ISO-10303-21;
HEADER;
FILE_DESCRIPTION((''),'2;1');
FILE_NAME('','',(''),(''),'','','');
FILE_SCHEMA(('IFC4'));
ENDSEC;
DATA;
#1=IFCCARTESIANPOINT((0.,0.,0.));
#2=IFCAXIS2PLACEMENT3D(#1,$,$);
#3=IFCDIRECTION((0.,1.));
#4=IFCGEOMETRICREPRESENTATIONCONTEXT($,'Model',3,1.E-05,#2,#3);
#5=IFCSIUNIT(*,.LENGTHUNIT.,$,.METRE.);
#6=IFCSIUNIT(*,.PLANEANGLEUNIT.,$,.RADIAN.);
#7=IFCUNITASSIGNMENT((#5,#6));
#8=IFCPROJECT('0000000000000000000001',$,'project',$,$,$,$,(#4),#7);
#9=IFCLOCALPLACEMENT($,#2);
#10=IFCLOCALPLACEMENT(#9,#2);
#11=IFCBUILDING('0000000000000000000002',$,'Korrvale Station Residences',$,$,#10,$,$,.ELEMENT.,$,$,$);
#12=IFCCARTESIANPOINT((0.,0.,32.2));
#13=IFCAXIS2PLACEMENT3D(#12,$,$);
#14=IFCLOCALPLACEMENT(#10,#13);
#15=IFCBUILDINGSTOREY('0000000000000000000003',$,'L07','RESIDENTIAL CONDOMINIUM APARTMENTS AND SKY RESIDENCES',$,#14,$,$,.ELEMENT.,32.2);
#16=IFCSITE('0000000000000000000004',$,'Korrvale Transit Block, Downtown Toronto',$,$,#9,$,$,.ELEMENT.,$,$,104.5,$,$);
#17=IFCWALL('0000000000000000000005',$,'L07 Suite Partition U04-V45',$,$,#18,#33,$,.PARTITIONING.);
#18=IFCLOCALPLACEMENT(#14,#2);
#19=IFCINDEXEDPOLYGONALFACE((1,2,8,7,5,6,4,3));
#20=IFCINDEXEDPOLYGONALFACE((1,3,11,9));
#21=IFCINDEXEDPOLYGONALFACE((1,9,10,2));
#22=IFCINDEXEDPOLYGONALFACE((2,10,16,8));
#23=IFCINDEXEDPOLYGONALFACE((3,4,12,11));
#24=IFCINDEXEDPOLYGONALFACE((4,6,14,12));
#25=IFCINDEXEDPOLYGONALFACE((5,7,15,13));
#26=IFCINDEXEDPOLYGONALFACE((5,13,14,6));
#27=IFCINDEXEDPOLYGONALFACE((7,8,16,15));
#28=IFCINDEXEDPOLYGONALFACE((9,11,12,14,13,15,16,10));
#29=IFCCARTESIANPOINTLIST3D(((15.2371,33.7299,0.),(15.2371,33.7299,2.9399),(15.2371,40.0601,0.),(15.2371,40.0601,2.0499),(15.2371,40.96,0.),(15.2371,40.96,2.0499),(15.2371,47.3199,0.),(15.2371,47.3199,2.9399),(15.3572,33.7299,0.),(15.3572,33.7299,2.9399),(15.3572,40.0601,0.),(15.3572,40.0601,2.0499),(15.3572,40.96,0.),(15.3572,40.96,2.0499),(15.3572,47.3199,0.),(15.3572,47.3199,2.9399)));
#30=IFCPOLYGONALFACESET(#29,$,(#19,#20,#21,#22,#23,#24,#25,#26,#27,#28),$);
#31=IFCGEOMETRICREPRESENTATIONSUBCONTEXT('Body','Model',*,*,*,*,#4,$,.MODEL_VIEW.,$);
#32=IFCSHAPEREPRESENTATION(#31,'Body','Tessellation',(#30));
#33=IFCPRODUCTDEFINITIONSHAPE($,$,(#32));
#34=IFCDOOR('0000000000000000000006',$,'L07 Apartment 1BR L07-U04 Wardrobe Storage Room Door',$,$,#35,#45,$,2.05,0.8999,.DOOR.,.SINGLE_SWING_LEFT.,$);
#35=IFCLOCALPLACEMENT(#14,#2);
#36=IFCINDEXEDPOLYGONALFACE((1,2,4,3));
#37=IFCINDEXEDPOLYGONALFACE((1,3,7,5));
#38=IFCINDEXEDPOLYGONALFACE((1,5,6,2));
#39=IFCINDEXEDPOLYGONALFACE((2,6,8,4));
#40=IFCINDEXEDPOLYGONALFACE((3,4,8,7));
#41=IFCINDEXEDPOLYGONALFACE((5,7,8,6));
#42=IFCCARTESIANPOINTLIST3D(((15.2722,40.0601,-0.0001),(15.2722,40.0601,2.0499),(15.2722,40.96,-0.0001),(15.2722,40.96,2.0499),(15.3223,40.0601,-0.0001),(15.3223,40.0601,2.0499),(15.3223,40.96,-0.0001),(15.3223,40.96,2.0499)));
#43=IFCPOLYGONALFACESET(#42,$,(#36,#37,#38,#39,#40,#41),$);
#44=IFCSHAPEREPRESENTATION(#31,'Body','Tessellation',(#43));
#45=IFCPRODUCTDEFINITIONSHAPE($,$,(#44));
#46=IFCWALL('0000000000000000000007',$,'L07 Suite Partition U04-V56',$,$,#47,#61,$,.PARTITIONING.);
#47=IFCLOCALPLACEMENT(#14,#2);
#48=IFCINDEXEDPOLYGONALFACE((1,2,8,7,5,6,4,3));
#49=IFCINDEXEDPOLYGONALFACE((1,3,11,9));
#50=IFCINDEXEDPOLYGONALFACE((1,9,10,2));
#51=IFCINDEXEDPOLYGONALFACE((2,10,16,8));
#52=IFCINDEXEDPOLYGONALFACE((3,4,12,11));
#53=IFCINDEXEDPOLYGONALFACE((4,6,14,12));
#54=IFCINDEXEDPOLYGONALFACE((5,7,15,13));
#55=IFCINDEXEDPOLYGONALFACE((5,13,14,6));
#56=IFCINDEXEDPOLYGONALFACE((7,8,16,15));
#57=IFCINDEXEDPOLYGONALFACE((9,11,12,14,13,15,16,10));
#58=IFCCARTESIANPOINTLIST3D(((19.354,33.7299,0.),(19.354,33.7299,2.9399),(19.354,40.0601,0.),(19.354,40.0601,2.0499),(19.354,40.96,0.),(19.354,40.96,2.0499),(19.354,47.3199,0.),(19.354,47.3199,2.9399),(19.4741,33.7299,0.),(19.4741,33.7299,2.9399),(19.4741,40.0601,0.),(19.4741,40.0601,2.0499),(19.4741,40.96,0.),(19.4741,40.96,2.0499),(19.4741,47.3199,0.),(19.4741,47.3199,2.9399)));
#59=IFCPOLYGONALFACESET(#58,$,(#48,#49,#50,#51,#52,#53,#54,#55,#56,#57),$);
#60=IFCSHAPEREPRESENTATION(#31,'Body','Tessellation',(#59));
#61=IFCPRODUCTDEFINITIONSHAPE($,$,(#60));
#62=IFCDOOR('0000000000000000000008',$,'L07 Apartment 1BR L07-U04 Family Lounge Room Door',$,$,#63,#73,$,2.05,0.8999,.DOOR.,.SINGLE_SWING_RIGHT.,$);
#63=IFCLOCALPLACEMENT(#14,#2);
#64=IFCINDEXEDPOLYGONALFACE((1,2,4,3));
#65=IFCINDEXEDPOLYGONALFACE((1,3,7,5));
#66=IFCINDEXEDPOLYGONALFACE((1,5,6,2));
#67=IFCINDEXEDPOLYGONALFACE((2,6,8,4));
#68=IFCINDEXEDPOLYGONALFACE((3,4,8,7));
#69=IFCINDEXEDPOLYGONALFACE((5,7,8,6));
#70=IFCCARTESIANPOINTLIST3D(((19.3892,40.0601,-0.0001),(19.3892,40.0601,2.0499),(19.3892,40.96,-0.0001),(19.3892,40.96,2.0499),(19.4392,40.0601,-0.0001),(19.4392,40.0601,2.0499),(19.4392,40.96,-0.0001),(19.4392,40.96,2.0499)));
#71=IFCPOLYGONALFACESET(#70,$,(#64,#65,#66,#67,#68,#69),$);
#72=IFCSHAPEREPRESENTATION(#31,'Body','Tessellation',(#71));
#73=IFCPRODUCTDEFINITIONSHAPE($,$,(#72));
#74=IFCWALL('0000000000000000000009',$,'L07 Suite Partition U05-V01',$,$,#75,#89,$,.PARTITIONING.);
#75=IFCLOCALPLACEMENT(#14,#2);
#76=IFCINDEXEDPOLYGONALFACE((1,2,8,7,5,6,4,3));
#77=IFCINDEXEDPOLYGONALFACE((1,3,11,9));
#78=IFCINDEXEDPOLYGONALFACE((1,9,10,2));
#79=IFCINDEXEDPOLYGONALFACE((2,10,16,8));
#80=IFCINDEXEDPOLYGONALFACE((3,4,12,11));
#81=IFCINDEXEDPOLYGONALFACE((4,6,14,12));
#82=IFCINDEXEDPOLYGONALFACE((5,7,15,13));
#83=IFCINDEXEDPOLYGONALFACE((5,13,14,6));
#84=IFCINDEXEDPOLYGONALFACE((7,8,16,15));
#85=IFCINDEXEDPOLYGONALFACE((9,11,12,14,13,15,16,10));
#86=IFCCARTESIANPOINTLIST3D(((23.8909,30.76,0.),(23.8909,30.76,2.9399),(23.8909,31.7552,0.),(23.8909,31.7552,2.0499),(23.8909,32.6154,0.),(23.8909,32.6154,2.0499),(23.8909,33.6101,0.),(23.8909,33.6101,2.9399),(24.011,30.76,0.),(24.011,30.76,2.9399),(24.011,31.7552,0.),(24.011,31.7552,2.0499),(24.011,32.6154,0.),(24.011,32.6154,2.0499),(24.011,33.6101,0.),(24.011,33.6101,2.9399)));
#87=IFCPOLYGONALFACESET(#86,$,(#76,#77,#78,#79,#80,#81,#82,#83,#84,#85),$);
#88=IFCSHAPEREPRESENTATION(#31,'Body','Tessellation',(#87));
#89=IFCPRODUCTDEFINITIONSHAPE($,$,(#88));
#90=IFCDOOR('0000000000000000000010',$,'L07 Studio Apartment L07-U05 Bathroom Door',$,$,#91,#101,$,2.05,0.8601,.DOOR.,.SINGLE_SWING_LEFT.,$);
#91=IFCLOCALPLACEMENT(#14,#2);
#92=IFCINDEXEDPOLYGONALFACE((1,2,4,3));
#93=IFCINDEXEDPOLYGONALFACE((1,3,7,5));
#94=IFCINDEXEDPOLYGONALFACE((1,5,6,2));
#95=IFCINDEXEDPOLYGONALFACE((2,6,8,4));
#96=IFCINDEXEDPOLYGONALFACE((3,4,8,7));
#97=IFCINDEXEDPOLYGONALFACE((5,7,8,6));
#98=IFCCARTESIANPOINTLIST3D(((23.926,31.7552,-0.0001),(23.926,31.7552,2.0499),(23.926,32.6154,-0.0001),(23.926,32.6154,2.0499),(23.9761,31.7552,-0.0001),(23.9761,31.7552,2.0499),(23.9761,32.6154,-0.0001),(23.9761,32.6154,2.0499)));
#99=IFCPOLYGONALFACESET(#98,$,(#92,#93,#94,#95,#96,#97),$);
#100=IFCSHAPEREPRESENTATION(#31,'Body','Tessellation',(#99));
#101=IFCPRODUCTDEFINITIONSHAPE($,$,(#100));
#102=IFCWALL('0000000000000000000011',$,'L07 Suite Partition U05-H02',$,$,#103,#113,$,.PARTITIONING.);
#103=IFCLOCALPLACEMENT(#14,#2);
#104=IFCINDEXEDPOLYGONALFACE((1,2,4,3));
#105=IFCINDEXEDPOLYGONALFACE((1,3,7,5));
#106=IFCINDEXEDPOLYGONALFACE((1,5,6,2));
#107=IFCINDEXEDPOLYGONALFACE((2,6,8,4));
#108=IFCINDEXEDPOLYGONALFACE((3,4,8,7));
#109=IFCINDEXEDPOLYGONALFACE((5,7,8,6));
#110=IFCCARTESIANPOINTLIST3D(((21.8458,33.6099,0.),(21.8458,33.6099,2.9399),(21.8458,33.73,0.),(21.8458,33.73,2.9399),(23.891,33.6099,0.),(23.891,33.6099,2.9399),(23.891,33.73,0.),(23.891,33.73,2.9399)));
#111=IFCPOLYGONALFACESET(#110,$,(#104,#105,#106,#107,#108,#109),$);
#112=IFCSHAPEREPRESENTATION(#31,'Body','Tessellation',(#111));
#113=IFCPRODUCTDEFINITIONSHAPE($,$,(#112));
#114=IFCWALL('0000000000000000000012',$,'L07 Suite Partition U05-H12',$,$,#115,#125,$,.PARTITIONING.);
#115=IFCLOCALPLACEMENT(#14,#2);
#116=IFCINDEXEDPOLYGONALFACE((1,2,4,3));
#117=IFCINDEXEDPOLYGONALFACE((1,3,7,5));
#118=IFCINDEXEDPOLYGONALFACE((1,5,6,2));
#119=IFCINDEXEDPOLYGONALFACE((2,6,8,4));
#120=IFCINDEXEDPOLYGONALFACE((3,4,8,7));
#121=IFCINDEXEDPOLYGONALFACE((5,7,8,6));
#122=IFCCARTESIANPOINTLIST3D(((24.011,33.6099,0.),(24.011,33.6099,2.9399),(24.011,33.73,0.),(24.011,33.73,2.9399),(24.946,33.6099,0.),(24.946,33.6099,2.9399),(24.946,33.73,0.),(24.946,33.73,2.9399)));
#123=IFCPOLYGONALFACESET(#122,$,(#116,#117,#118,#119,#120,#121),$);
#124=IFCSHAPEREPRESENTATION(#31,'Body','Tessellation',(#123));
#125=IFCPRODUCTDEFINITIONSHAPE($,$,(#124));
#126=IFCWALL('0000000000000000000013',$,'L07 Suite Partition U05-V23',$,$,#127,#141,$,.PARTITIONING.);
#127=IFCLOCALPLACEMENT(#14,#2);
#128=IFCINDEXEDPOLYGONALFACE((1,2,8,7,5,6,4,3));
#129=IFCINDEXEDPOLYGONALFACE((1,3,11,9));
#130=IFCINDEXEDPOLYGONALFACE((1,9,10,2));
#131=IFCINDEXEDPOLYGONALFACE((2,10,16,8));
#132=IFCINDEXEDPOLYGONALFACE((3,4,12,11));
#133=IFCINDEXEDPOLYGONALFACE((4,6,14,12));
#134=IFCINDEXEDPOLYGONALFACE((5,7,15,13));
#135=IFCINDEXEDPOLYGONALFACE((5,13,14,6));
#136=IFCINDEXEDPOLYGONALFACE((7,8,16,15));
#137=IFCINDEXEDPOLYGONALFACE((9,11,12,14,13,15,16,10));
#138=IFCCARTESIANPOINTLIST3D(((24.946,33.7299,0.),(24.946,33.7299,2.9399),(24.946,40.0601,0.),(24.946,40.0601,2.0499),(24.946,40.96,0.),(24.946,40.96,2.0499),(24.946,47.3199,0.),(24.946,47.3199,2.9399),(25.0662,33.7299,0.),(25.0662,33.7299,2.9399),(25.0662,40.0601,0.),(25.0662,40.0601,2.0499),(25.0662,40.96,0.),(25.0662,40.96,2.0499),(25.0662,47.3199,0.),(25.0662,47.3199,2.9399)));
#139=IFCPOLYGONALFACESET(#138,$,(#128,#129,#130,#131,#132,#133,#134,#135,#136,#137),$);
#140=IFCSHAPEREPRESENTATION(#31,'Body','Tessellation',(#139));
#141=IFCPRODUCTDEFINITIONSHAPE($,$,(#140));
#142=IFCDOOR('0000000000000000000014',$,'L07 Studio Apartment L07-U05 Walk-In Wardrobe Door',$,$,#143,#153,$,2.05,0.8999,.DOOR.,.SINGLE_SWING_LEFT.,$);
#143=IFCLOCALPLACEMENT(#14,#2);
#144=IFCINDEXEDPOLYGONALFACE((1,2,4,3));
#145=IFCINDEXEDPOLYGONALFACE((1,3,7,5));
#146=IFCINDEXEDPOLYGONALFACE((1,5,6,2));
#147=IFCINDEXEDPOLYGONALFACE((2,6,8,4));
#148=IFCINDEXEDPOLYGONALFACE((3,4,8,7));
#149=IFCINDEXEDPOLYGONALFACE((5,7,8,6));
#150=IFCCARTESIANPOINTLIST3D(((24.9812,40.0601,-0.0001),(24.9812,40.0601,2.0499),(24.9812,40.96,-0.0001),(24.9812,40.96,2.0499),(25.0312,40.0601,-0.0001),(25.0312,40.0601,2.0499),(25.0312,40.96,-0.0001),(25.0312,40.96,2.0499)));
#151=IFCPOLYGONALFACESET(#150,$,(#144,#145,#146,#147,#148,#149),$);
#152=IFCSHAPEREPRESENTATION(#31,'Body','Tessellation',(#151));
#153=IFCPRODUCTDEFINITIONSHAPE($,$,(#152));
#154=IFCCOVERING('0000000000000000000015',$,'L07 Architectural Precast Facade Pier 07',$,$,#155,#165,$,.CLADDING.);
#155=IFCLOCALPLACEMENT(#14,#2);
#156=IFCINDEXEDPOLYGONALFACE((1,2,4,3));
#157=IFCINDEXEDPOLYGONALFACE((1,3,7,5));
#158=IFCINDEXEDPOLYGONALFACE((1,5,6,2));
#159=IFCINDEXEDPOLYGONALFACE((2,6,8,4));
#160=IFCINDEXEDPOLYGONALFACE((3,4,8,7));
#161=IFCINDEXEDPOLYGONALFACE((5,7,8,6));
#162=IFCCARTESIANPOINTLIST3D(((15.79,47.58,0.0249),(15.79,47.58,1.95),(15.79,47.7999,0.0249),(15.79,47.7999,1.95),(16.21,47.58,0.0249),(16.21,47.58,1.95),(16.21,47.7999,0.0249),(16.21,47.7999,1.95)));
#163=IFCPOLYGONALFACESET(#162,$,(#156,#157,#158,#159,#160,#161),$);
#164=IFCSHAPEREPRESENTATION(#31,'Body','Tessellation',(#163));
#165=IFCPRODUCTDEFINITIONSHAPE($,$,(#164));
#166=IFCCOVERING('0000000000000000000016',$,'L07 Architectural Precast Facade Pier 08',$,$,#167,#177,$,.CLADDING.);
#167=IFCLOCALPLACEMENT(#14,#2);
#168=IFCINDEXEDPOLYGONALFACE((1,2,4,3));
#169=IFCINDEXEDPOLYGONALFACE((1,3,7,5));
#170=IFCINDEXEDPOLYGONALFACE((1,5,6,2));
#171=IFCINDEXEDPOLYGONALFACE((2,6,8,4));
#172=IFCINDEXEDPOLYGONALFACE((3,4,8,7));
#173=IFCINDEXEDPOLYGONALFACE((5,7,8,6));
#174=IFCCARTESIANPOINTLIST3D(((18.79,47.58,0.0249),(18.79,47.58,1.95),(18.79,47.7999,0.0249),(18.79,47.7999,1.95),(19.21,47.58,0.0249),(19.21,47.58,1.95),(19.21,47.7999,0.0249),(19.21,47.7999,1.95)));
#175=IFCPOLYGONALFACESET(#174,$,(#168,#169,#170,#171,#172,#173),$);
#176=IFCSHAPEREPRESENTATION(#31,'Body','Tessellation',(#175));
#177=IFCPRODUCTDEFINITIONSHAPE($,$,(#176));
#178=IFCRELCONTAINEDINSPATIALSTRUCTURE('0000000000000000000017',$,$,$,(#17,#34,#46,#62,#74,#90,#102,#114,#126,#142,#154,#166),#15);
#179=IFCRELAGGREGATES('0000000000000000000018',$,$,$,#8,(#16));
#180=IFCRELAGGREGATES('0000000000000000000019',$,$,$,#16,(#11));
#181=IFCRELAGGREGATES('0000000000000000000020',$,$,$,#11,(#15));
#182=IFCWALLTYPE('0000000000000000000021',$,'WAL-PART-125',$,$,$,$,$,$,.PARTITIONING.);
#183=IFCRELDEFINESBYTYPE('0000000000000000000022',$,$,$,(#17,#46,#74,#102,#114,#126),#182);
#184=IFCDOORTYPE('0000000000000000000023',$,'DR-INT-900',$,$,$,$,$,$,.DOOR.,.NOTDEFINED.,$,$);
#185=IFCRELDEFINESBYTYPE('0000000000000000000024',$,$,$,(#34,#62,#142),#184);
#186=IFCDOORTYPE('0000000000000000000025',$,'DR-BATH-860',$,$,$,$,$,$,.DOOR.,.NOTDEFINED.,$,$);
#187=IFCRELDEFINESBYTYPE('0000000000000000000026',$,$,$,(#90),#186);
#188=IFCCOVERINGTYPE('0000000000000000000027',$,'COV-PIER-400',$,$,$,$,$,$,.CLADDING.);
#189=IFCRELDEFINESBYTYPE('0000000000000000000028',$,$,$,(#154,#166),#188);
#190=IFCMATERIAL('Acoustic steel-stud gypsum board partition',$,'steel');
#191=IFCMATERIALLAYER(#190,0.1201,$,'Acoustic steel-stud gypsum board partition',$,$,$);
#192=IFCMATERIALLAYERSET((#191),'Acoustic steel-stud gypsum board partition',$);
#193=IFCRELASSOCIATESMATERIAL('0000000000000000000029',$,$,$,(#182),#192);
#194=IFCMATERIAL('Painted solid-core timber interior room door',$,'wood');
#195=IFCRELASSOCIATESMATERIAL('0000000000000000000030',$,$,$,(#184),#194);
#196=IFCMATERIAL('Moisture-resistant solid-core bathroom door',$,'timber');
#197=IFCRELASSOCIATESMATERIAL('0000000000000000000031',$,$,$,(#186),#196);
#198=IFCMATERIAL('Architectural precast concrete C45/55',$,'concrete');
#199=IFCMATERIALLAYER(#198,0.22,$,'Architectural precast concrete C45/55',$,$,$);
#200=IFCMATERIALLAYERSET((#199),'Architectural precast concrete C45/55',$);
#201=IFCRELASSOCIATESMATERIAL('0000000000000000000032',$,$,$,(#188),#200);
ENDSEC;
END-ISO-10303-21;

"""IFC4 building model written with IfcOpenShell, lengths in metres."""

from ifc_helpers import new_model, si_unit, direction, frame, frame_2d, origin, origin_2d, place, context, subcontext, project, spatial, rectangle, extrude, material, layer, layer_set, type_object, element, fill, save


model = new_model("IFC4")

# Units and contexts
model_context = context("Model", 3, precision=1e-05, world=origin(), true_north=direction((0.0, 1.0)))
body_context = subcontext(model_context, "Body", "Model", "MODEL_VIEW")
ifc_project = project(units=[si_unit("LENGTHUNIT", "METRE"), si_unit("PLANEANGLEUNIT", "RADIAN")], contexts=[model_context])

# Site, building, storey
site_placement = place(None, origin())
site = spatial("IfcSite", under=ifc_project, at=site_placement, Name="Korrvale Transit Block, Downtown Toronto", CompositionType="ELEMENT", RefElevation=104.5)
building_placement = place(site_placement, origin())
building = spatial("IfcBuilding", under=site, at=building_placement, Name="Korrvale Station Residences", CompositionType="ELEMENT")
storey_placement = place(building_placement, frame((0.0, 0.0, 32.2)))
storey = spatial("IfcBuildingStorey", under=building, at=storey_placement, Name="L07", Description="RESIDENTIAL CONDOMINIUM APARTMENTS AND SKY RESIDENCES", CompositionType="ELEMENT", Elevation=32.2)

# Walls, openings, doors
ifc_material_1 = material(Name="Acoustic steel-stud gypsum board partition", Category="steel")
ifc_layer_1 = layer(ifc_material_1, 0.1201, Name="Acoustic steel-stud gypsum board partition")
ifc_layer_set_1 = layer_set([ifc_layer_1], Name="Acoustic steel-stud gypsum board partition")
wall_type = type_object("IfcWallType", Name="WAL-PART-125", PredefinedType="PARTITIONING", material=ifc_layer_set_1)
ifc_material_2 = material(Name="Painted solid-core timber interior room door", Category="wood")
door_type_1 = type_object("IfcDoorType", Name="DR-INT-900", OperationType="NOTDEFINED", PredefinedType="DOOR", material=ifc_material_2)
wall_1_placement = place(storey_placement, frame((15.2971, 33.73, 0.0), z_axis=(0.0, 0.0, 1.0), x_axis=(0.0, 1.0, 0.0)))
wall_1 = element("IfcWall", 1, at=wall_1_placement, inside=storey, type_object=wall_type, Name="L07 Suite Partition U04-V45", PredefinedType="PARTITIONING", context=body_context, shape_type="SweptSolid", body=[
    extrude(rectangle(XDim=13.5901, YDim=0.1201, at=frame_2d((6.7949, 0.0))), origin(), (0.0, 0.0, 1.0), 2.9399),
])
opening_1_placement = place(wall_1_placement, frame((6.3301, 0.0, 0.0)))
opening_1 = element("IfcOpeningElement", 2, at=opening_1_placement, cuts=wall_1, PredefinedType="OPENING", context=body_context, shape_type="SweptSolid", body=[
    extrude(rectangle(XDim=0.8999, YDim=2.05, at=frame_2d((0.45, 1.0249))), frame((0.0, 0.0701, 0.0), z_axis=(0.0, -1.0, 0.0), x_axis=(1.0, 0.0, 0.0)), (0.0, 0.0, 1.0), 0.1401),
])
door_1_placement = place(opening_1_placement, origin())
door_1 = element("IfcDoor", 3, at=door_1_placement, inside=storey, type_object=door_type_1, Name="L07 Apartment 1BR L07-U04 Wardrobe Storage Room Door", OperationType="SINGLE_SWING_LEFT", OverallHeight=2.05, OverallWidth=0.8999, PredefinedType="DOOR", context=body_context, shape_type="SweptSolid", body=[
    extrude(rectangle(XDim=0.8999, YDim=2.05, at=frame_2d((0.45, 1.0249))), frame((0.0, 0.0249, 0.0), z_axis=(0.0, -1.0, 0.0), x_axis=(1.0, 0.0, 0.0)), (0.0, 0.0, 1.0), 0.05),
])
fill(opening_1, door_1)
wall_2_placement = place(storey_placement, frame((19.4141, 33.73, 0.0), z_axis=(0.0, 0.0, 1.0), x_axis=(0.0, 1.0, 0.0)))
wall_2 = element("IfcWall", 4, at=wall_2_placement, inside=storey, type_object=wall_type, Name="L07 Suite Partition U04-V56", PredefinedType="PARTITIONING", context=body_context, shape_type="SweptSolid", body=[
    extrude(rectangle(XDim=13.5901, YDim=0.1201, at=frame_2d((6.7949, 0.0))), origin(), (0.0, 0.0, 1.0), 2.9399),
])
opening_2_placement = place(wall_2_placement, frame((6.3301, 0.0, 0.0)))
opening_2 = element("IfcOpeningElement", 5, at=opening_2_placement, cuts=wall_2, PredefinedType="OPENING", context=body_context, shape_type="SweptSolid", body=[
    extrude(rectangle(XDim=0.8999, YDim=2.05, at=frame_2d((0.45, 1.0249))), frame((0.0, 0.0701, 0.0), z_axis=(0.0, -1.0, 0.0), x_axis=(1.0, 0.0, 0.0)), (0.0, 0.0, 1.0), 0.1401),
])
door_2_placement = place(opening_2_placement, origin())
door_2 = element("IfcDoor", 6, at=door_2_placement, inside=storey, type_object=door_type_1, Name="L07 Apartment 1BR L07-U04 Family Lounge Room Door", OperationType="SINGLE_SWING_RIGHT", OverallHeight=2.05, OverallWidth=0.8999, PredefinedType="DOOR", context=body_context, shape_type="SweptSolid", body=[
    extrude(rectangle(XDim=0.8999, YDim=2.05, at=frame_2d((0.45, 1.0249))), frame((0.0, 0.0249, 0.0), z_axis=(0.0, -1.0, 0.0), x_axis=(1.0, 0.0, 0.0)), (0.0, 0.0, 1.0), 0.05),
])
fill(opening_2, door_2)
wall_3_placement = place(storey_placement, frame((23.9509, 30.76, 0.0), z_axis=(0.0, 0.0, 1.0), x_axis=(0.0, 1.0, 0.0)))
wall_3 = element("IfcWall", 7, at=wall_3_placement, inside=storey, type_object=wall_type, Name="L07 Suite Partition U05-V01", PredefinedType="PARTITIONING", context=body_context, shape_type="SweptSolid", body=[
    extrude(rectangle(XDim=2.8501, YDim=0.1201, at=frame_2d((1.425, 0.0))), origin(), (0.0, 0.0, 1.0), 2.9399),
])
opening_3_placement = place(wall_3_placement, frame((0.9951, 0.0, 0.0)))
opening_3 = element("IfcOpeningElement", 8, at=opening_3_placement, cuts=wall_3, PredefinedType="OPENING", context=body_context, shape_type="SweptSolid", body=[
    extrude(rectangle(XDim=0.8601, YDim=2.05, at=frame_2d((0.4302, 1.0249))), frame((0.0, 0.0701, 0.0), z_axis=(0.0, -1.0, 0.0), x_axis=(1.0, 0.0, 0.0)), (0.0, 0.0, 1.0), 0.1401),
])
ifc_material_3 = material(Name="Moisture-resistant solid-core bathroom door", Category="timber")
door_type_2 = type_object("IfcDoorType", Name="DR-BATH-860", OperationType="NOTDEFINED", PredefinedType="DOOR", material=ifc_material_3)
door_3_placement = place(opening_3_placement, origin())
door_3 = element("IfcDoor", 9, at=door_3_placement, inside=storey, type_object=door_type_2, Name="L07 Studio Apartment L07-U05 Bathroom Door", OperationType="SINGLE_SWING_LEFT", OverallHeight=2.05, OverallWidth=0.8601, PredefinedType="DOOR", context=body_context, shape_type="SweptSolid", body=[
    extrude(rectangle(XDim=0.8601, YDim=2.05, at=frame_2d((0.4302, 1.0249))), frame((0.0, 0.0249, 0.0), z_axis=(0.0, -1.0, 0.0), x_axis=(1.0, 0.0, 0.0)), (0.0, 0.0, 1.0), 0.05),
])
fill(opening_3, door_3)

# Walls
wall_4_placement = place(storey_placement, frame((21.8459, 33.6699, 0.0), z_axis=(0.0, 0.0, 1.0), x_axis=(1.0, 0.0, 0.0)))
element("IfcWall", 10, at=wall_4_placement, inside=storey, type_object=wall_type, Name="L07 Suite Partition U05-H02", PredefinedType="PARTITIONING", context=body_context, shape_type="SweptSolid", body=[
    extrude(rectangle(XDim=2.0452, YDim=0.1201, at=frame_2d((1.0225, 0.0))), origin(), (0.0, 0.0, 1.0), 2.9399),
])
wall_5_placement = place(storey_placement, frame((24.011, 33.6699, 0.0), z_axis=(0.0, 0.0, 1.0), x_axis=(1.0, 0.0, 0.0)))
element("IfcWall", 11, at=wall_5_placement, inside=storey, type_object=wall_type, Name="L07 Suite Partition U05-H12", PredefinedType="PARTITIONING", context=body_context, shape_type="SweptSolid", body=[
    extrude(rectangle(XDim=0.9351, YDim=0.1201, at=frame_2d((0.4675, 0.0))), origin(), (0.0, 0.0, 1.0), 2.9399),
])

# Wall, opening, door
wall_6_placement = place(storey_placement, frame((25.0061, 33.73, 0.0), z_axis=(0.0, 0.0, 1.0), x_axis=(0.0, 1.0, 0.0)))
wall_6 = element("IfcWall", 12, at=wall_6_placement, inside=storey, type_object=wall_type, Name="L07 Suite Partition U05-V23", PredefinedType="PARTITIONING", context=body_context, shape_type="SweptSolid", body=[
    extrude(rectangle(XDim=13.5901, YDim=0.1201, at=frame_2d((6.7949, 0.0))), origin(), (0.0, 0.0, 1.0), 2.9399),
])
opening_4_placement = place(wall_6_placement, frame((6.3301, 0.0, 0.0)))
opening_4 = element("IfcOpeningElement", 13, at=opening_4_placement, cuts=wall_6, PredefinedType="OPENING", context=body_context, shape_type="SweptSolid", body=[
    extrude(rectangle(XDim=0.8999, YDim=2.05, at=frame_2d((0.45, 1.0249))), frame((0.0, 0.0701, 0.0), z_axis=(0.0, -1.0, 0.0), x_axis=(1.0, 0.0, 0.0)), (0.0, 0.0, 1.0), 0.1401),
])
door_4_placement = place(opening_4_placement, origin())
door_4 = element("IfcDoor", 14, at=door_4_placement, inside=storey, type_object=door_type_1, Name="L07 Studio Apartment L07-U05 Walk-In Wardrobe Door", OperationType="SINGLE_SWING_LEFT", OverallHeight=2.05, OverallWidth=0.8999, PredefinedType="DOOR", context=body_context, shape_type="SweptSolid", body=[
    extrude(rectangle(XDim=0.8999, YDim=2.05, at=frame_2d((0.45, 1.0249))), frame((0.0, 0.0249, 0.0), z_axis=(0.0, -1.0, 0.0), x_axis=(1.0, 0.0, 0.0)), (0.0, 0.0, 1.0), 0.05),
])
fill(opening_4, door_4)

# Coverings
ifc_material_4 = material(Name="Architectural precast concrete C45/55", Category="concrete")
ifc_layer_2 = layer(ifc_material_4, 0.22, Name="Architectural precast concrete C45/55")
ifc_layer_set_2 = layer_set([ifc_layer_2], Name="Architectural precast concrete C45/55")
covering_type = type_object("IfcCoveringType", Name="COV-PIER-400", PredefinedType="CLADDING", material=ifc_layer_set_2)
for number, where, z_axis, x_axis, name in (
    (15, (16.0, 47.6899, 0.0249), (0.0, 0.0, 1.0), (1.0, 0.0, 0.0), "L07 Architectural Precast Facade Pier 07"),
    (16, (19.0, 47.6899, 0.0249), (0.0, 0.0, 1.0), (1.0, 0.0, 0.0), "L07 Architectural Precast Facade Pier 08"),
):
    element("IfcCovering", number, at=place(storey_placement, frame(where, z_axis=z_axis, x_axis=x_axis)), inside=storey, type_object=covering_type, Name=name, PredefinedType="CLADDING", context=body_context, shape_type="SweptSolid", body=[
        extrude(rectangle(XDim=0.4199, YDim=0.22, at=origin_2d()), origin(), (0.0, 0.0, 1.0), 1.925),
    ])

save(model, "model.ifc")
